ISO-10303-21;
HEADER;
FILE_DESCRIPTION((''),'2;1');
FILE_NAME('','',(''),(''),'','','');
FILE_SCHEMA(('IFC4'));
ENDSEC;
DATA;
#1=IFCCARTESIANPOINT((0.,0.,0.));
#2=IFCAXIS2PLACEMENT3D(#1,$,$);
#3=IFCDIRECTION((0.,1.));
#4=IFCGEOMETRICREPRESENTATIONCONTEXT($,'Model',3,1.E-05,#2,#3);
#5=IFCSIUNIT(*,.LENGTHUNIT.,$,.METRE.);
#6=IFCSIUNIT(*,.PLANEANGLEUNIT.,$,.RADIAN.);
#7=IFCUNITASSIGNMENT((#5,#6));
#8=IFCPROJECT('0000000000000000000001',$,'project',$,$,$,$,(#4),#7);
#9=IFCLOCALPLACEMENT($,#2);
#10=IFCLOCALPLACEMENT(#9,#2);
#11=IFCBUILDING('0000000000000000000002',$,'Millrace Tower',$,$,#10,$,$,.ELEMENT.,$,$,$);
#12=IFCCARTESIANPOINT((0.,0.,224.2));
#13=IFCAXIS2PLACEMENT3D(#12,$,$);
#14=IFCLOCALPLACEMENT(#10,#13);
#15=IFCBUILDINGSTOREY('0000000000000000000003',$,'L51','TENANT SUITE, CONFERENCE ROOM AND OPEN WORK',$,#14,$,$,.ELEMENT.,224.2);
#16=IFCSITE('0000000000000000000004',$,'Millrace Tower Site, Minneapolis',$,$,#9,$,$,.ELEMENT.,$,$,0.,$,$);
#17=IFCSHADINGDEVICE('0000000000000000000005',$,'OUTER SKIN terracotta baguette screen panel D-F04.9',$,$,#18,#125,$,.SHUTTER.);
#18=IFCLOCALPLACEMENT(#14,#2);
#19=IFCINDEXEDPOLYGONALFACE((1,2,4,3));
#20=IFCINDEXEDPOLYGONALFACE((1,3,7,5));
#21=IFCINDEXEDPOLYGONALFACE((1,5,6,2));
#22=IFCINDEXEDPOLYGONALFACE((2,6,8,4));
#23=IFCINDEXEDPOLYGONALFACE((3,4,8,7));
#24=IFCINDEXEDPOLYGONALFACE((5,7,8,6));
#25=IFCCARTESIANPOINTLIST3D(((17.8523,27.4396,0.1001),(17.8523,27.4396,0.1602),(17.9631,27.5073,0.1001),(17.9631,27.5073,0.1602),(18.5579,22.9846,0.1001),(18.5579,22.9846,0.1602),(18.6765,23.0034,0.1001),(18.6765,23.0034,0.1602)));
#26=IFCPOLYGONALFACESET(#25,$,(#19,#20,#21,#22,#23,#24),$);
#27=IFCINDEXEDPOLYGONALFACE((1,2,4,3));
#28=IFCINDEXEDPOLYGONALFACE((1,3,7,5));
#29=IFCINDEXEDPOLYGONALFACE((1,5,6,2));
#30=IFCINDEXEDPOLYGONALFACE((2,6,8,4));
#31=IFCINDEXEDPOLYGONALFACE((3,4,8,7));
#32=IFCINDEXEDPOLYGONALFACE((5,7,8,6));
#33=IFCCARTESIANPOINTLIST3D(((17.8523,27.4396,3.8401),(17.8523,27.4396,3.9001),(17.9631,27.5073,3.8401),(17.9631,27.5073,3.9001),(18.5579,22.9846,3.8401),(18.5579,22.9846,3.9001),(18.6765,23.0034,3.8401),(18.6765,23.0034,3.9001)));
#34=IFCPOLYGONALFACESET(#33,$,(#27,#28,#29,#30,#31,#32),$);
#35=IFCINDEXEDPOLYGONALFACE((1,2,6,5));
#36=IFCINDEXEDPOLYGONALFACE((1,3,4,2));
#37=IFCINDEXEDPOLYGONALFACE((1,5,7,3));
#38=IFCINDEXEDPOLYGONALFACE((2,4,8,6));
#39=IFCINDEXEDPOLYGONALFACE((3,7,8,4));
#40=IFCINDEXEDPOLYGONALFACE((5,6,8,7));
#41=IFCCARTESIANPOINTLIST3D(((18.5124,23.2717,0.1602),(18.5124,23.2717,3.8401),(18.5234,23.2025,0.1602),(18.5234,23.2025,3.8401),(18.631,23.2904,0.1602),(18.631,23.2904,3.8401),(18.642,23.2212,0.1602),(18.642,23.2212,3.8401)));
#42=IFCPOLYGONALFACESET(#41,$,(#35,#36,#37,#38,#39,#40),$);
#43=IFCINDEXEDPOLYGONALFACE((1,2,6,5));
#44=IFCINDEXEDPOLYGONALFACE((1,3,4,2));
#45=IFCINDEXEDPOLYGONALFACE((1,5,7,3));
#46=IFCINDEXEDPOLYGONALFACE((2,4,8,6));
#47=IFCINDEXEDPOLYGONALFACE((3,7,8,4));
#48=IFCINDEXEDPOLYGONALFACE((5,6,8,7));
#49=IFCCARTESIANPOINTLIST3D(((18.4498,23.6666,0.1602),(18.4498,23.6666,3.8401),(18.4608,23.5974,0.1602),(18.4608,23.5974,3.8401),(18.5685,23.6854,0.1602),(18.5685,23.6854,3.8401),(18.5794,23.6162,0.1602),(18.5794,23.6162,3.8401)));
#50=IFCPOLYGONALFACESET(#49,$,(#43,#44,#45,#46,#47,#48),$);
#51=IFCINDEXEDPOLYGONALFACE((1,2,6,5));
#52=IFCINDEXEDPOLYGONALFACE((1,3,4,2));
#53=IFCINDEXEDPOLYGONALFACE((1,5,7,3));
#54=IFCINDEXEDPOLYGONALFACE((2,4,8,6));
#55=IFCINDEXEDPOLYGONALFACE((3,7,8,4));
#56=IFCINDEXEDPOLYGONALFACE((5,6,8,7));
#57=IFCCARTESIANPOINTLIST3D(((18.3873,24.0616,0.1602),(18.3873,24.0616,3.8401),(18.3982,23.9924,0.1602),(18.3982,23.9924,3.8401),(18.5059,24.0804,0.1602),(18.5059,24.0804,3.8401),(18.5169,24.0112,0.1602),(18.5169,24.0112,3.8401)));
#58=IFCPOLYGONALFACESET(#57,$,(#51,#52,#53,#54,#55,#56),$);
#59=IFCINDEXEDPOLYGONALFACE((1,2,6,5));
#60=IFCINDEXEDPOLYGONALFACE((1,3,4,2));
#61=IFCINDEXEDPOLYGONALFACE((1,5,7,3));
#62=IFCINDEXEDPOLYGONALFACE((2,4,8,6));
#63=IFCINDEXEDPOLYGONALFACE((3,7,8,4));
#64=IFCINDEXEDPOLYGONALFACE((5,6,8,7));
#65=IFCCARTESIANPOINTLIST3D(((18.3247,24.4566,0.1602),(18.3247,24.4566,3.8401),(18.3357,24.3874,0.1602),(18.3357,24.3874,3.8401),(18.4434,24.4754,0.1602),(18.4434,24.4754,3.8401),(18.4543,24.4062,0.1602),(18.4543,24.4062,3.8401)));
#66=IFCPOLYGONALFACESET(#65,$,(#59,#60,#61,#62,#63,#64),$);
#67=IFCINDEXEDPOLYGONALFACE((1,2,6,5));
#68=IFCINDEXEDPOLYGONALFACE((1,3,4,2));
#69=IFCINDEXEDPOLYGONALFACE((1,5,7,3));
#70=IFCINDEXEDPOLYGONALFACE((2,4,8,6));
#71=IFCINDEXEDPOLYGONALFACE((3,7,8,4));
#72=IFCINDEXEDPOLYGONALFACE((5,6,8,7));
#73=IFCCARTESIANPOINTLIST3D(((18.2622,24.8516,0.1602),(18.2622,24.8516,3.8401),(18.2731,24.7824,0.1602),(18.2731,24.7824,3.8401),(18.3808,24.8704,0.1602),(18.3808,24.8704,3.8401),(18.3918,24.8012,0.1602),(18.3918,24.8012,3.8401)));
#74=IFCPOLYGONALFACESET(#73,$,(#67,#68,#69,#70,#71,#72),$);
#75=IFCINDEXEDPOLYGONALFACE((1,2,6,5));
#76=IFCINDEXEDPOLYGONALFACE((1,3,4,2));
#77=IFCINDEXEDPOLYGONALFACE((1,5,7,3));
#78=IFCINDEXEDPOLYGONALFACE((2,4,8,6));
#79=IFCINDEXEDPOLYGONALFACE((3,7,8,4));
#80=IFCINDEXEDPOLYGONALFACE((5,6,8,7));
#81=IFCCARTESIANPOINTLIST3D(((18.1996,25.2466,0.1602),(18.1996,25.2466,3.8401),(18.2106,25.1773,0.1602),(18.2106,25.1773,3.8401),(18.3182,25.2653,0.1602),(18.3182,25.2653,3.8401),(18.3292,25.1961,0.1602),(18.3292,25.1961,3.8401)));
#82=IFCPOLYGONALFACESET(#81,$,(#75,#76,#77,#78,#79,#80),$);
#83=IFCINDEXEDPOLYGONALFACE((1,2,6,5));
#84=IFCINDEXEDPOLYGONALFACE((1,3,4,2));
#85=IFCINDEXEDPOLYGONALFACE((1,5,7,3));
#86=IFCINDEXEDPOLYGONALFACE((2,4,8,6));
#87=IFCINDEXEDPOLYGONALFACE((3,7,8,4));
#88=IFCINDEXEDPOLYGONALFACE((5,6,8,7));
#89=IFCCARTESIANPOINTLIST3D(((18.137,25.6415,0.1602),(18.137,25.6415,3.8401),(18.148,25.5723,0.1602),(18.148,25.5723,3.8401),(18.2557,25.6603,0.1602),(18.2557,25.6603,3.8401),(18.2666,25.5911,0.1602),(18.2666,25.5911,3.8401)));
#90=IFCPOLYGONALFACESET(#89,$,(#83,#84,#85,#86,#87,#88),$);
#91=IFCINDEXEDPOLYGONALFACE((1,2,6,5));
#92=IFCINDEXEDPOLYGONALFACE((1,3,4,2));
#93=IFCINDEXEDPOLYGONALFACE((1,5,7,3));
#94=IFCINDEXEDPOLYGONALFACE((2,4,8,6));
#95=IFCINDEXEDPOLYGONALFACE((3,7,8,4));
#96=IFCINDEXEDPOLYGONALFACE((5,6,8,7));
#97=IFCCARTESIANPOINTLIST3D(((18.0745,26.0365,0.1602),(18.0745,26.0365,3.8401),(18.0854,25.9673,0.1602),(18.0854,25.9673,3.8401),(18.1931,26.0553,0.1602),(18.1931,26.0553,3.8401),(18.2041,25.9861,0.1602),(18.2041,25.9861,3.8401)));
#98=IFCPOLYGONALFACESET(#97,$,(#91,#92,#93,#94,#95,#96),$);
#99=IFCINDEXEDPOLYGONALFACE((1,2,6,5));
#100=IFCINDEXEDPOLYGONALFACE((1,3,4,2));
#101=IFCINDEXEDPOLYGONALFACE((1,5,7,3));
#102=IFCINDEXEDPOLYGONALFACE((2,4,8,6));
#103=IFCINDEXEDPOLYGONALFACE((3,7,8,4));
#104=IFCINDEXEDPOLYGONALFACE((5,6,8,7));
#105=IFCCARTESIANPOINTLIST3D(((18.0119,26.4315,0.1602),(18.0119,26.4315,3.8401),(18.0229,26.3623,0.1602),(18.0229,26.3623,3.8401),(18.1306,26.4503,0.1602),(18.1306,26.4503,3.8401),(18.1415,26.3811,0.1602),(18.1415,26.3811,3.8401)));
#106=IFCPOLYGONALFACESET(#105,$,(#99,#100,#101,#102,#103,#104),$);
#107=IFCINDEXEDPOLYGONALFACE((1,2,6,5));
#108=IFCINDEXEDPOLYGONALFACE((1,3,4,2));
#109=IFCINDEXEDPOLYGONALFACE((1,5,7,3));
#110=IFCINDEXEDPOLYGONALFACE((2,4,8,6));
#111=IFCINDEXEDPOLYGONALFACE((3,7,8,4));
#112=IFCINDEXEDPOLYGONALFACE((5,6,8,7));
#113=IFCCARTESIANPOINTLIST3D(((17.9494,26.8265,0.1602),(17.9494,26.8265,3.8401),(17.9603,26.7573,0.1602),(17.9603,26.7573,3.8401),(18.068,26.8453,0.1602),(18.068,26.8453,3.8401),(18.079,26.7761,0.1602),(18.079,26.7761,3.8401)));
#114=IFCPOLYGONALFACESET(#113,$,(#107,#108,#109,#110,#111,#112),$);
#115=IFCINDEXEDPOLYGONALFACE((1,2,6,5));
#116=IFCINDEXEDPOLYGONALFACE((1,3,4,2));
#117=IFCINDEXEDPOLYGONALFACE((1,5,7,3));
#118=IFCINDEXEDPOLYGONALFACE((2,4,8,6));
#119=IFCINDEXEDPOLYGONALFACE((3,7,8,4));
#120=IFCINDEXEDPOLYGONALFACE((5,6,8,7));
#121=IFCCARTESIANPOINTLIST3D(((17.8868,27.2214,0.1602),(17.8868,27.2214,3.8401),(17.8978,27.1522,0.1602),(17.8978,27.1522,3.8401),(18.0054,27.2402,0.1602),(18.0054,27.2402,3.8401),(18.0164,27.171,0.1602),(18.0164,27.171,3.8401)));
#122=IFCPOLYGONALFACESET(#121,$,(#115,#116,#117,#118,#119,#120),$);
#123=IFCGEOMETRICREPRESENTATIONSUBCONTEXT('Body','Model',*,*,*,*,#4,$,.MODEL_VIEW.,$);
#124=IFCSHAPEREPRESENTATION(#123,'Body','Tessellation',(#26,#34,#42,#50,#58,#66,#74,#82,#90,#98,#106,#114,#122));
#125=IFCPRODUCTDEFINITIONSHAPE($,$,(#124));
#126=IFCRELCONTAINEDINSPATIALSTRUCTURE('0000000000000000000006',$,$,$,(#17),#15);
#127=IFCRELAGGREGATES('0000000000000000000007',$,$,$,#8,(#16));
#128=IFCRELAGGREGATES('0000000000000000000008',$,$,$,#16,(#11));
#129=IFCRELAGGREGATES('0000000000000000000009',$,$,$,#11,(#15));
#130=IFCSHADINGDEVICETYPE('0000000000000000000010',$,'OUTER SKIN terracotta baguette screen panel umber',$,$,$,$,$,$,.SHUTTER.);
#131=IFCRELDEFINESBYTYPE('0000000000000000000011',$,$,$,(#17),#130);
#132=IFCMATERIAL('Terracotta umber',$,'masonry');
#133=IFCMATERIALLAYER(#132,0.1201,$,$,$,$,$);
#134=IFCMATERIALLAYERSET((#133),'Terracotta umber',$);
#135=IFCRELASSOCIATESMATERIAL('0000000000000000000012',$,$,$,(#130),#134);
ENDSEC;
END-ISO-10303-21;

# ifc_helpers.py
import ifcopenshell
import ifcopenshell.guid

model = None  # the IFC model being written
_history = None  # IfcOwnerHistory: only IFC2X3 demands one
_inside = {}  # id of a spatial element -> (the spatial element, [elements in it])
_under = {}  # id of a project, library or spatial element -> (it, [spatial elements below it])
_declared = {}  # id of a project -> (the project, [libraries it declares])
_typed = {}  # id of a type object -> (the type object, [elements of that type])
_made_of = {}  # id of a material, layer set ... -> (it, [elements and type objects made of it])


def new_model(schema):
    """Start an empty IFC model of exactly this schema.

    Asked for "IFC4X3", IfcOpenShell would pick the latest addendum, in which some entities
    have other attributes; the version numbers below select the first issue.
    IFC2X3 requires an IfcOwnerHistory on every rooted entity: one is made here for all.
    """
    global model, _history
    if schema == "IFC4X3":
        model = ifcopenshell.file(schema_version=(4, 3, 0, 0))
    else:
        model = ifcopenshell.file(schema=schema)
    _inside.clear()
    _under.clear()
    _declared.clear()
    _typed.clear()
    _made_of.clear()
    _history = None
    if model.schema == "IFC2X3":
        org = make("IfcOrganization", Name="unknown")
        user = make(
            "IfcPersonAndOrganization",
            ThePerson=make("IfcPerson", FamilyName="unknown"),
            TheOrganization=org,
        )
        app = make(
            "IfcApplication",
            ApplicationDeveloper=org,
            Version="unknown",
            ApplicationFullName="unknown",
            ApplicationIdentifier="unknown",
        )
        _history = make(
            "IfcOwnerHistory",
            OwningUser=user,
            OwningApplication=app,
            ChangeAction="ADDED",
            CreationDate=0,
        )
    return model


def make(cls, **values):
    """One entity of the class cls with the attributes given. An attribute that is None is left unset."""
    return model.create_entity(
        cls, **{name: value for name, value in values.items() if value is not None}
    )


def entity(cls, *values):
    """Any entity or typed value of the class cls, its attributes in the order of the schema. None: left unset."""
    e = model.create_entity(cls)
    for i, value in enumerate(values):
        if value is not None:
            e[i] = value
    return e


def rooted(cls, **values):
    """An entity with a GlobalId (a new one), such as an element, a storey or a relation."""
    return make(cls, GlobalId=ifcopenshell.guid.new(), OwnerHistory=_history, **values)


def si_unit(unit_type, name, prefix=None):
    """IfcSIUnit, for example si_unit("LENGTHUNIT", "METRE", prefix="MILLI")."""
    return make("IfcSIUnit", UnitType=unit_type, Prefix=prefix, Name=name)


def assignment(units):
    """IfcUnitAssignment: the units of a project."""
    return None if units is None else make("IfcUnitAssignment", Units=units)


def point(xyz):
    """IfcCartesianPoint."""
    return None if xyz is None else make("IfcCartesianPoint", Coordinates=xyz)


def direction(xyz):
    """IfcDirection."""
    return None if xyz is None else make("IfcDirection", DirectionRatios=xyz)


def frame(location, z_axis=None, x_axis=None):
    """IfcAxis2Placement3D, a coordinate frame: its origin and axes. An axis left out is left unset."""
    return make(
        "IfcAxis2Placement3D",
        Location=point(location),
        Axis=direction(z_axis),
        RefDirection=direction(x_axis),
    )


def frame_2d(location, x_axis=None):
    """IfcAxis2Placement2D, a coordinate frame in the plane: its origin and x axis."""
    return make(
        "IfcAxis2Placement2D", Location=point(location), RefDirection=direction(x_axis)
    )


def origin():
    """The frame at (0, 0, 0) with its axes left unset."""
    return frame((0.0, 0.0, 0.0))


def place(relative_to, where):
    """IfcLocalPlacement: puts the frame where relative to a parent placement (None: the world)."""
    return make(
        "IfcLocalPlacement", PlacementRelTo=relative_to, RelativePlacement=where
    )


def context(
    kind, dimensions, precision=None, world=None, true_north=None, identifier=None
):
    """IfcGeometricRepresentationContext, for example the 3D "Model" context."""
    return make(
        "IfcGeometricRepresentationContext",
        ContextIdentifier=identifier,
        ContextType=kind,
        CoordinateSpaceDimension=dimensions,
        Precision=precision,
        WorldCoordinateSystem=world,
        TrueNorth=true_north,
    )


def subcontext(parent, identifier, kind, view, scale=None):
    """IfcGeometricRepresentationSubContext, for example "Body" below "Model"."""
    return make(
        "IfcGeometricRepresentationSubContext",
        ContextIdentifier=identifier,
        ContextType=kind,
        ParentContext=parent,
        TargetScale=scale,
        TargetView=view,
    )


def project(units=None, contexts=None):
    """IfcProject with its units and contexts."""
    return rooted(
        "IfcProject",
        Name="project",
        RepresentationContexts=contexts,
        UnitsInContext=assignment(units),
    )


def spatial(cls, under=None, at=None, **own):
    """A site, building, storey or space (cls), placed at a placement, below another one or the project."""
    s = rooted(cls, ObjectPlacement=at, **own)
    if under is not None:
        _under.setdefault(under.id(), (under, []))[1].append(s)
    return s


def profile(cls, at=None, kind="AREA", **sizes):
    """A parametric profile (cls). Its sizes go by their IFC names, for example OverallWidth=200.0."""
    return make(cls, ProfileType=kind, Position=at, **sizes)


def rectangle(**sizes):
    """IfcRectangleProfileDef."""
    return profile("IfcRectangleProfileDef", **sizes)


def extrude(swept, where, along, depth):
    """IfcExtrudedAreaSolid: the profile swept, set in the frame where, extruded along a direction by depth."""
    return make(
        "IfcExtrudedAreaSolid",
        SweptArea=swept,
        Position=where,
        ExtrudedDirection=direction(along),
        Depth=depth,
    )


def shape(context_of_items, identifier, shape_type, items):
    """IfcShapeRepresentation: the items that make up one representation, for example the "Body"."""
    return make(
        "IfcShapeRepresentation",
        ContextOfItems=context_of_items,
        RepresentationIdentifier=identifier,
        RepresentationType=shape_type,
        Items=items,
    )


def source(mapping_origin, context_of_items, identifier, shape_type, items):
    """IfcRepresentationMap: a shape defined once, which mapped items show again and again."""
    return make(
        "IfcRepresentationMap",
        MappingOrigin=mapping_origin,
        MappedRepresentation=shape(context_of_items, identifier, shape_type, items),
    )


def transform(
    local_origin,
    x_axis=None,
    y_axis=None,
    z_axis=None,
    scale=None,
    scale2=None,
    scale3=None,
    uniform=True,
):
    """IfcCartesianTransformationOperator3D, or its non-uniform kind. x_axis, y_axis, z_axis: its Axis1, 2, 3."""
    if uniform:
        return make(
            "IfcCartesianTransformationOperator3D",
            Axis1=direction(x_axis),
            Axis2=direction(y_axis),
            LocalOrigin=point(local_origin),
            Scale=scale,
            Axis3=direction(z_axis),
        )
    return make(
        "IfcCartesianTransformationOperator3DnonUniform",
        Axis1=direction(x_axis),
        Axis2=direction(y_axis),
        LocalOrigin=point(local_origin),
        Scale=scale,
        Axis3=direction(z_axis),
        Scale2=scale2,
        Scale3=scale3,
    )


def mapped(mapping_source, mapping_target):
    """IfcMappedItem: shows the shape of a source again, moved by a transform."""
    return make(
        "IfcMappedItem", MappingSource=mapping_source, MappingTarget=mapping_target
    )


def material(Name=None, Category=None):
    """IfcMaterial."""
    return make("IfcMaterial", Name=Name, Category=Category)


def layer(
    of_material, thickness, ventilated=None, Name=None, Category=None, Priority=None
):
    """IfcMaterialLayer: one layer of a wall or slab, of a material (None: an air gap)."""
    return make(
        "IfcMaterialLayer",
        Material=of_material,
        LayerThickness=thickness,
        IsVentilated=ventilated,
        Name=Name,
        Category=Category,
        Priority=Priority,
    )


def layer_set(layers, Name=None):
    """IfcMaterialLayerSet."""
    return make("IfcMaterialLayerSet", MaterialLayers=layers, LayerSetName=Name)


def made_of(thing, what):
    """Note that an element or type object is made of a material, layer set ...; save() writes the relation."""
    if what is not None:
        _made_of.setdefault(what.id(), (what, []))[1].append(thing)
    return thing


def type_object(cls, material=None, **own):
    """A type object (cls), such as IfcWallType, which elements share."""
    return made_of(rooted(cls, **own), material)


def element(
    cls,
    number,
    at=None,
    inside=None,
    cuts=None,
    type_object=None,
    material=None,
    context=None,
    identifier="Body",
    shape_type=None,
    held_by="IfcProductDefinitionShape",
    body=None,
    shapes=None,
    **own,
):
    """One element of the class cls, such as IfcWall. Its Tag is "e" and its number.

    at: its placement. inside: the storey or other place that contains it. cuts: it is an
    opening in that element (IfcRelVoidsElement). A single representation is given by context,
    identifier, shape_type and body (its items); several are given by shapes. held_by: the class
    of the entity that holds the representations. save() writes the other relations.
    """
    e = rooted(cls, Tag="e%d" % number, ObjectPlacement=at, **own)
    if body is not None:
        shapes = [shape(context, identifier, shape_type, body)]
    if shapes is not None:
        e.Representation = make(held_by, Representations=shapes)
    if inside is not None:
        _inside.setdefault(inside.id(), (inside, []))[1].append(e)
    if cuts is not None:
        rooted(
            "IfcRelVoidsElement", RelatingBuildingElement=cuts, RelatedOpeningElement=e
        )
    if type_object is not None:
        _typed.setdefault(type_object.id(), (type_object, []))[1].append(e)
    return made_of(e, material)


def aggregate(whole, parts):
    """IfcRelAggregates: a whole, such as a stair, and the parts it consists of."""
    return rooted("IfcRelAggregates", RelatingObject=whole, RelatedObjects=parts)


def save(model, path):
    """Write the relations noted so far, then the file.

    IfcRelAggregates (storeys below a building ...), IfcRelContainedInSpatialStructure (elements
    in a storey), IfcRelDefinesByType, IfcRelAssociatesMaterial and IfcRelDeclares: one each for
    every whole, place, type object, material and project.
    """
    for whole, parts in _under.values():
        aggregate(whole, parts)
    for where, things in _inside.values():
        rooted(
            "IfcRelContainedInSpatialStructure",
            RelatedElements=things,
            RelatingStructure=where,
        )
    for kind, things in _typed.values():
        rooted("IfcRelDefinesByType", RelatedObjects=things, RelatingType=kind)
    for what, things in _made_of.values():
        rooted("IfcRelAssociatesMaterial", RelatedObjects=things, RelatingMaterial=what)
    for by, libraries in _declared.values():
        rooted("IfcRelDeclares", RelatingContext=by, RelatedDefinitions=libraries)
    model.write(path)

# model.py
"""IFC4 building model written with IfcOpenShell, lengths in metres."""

from ifc_helpers import new_model, entity, si_unit, direction, frame, frame_2d, origin, place, context, subcontext, project, spatial, rectangle, extrude, source, transform, mapped, material, layer, layer_set, type_object, element, save


model = new_model("IFC4")

# Units and contexts
model_context = context("Model", 3, precision=1e-05, world=origin(), true_north=direction((0.0, 1.0)))
body_context = subcontext(model_context, "Body", "Model", "MODEL_VIEW")
ifc_project = project(units=[si_unit("LENGTHUNIT", "METRE"), si_unit("PLANEANGLEUNIT", "RADIAN")], contexts=[model_context])

# Site, building, storey
site_placement = place(None, origin())
site = spatial("IfcSite", under=ifc_project, at=site_placement, Name="Millrace Tower Site, Minneapolis", CompositionType="ELEMENT", RefElevation=0.0)
building_placement = place(site_placement, origin())
building = spatial("IfcBuilding", under=site, at=building_placement, Name="Millrace Tower", CompositionType="ELEMENT")
storey_placement = place(building_placement, frame((0.0, 0.0, 224.2)))
storey = spatial("IfcBuildingStorey", under=building, at=storey_placement, Name="L51", Description="TENANT SUITE, CONFERENCE ROOM AND OPEN WORK", CompositionType="ELEMENT", Elevation=224.2)

# Shading device
ifc_material_1 = material(Name="Terracotta umber", Category="masonry")
ifc_layer_1 = layer(ifc_material_1, 0.1201)
ifc_layer_set_1 = layer_set([ifc_layer_1], Name="Terracotta umber")
shading_device_type = type_object("IfcShadingDeviceType", Name="OUTER SKIN terracotta baguette screen panel umber", PredefinedType="SHUTTER", material=ifc_layer_set_1)
cartesian_point_1 = entity("IfcCartesianPoint", [-2.2676, 0.0601])
shared_polyline_1 = entity("IfcPolyline", [cartesian_point_1, entity("IfcCartesianPoint", [2.2429, 0.0601]), entity("IfcCartesianPoint", [2.2925, -0.0601]), entity("IfcCartesianPoint", [-2.2676, -0.0601]), cartesian_point_1])
shared_shape_1 = source(origin(), body_context, "Body", "SweptSolid", [
    entity("IfcExtrudedAreaSolid", entity("IfcArbitraryClosedProfileDef", "AREA", None, shared_polyline_1), entity("IfcAxis2Placement3D", entity("IfcCartesianPoint", [0.0, 0.0, 0.0])), entity("IfcDirection", [0.0, 0.0, 1.0]), 0.0601),
    entity("IfcExtrudedAreaSolid", entity("IfcArbitraryClosedProfileDef", "AREA", None, shared_polyline_1), entity("IfcAxis2Placement3D", entity("IfcCartesianPoint", [0.0, 0.0, 3.74])), entity("IfcDirection", [0.0, 0.0, 1.0]), 0.0601),
    extrude(rectangle(XDim=0.0701, YDim=0.1201, at=frame_2d((-2.012, 0.0))), frame((0.0, 0.0, 0.0601)), (0.0, 0.0, 1.0), 3.6799),
    extrude(rectangle(XDim=0.0701, YDim=0.1201, at=frame_2d((-1.6121, 0.0))), frame((0.0, 0.0, 0.0601)), (0.0, 0.0, 1.0), 3.6799),
    extrude(rectangle(XDim=0.0701, YDim=0.1201, at=frame_2d((-1.2122, 0.0))), frame((0.0, 0.0, 0.0601)), (0.0, 0.0, 1.0), 3.6799),
    extrude(rectangle(XDim=0.0701, YDim=0.1201, at=frame_2d((-0.8123, 0.0))), frame((0.0, 0.0, 0.0601)), (0.0, 0.0, 1.0), 3.6799),
    extrude(rectangle(XDim=0.0701, YDim=0.1201, at=frame_2d((-0.4124, 0.0))), frame((0.0, 0.0, 0.0601)), (0.0, 0.0, 1.0), 3.6799),
    extrude(rectangle(XDim=0.0701, YDim=0.1201, at=frame_2d((-0.0125, 0.0))), frame((0.0, 0.0, 0.0601)), (0.0, 0.0, 1.0), 3.6799),
    extrude(rectangle(XDim=0.0701, YDim=0.1201, at=frame_2d((0.3875, 0.0))), frame((0.0, 0.0, 0.0601)), (0.0, 0.0, 1.0), 3.6799),
    extrude(rectangle(XDim=0.0701, YDim=0.1201, at=frame_2d((0.7874, 0.0))), frame((0.0, 0.0, 0.0601)), (0.0, 0.0, 1.0), 3.6799),
    extrude(rectangle(XDim=0.0701, YDim=0.1201, at=frame_2d((1.1873, 0.0))), frame((0.0, 0.0, 0.0601)), (0.0, 0.0, 1.0), 3.6799),
    extrude(rectangle(XDim=0.0701, YDim=0.1201, at=frame_2d((1.5872, 0.0))), frame((0.0, 0.0, 0.0601)), (0.0, 0.0, 1.0), 3.6799),
    extrude(rectangle(XDim=0.0701, YDim=0.1201, at=frame_2d((1.9871, 0.0))), frame((0.0, 0.0, 0.0601)), (0.0, 0.0, 1.0), 3.6799),
])
shading_device_placement = place(storey_placement, frame((18.2625, 25.2336, 0.1001), z_axis=(0.0, 0.0, 1.0), x_axis=(-0.156434, 0.987688, 0.0)))
element("IfcShadingDevice", 1, at=shading_device_placement, inside=storey, type_object=shading_device_type, Name="OUTER SKIN terracotta baguette screen panel D-F04.9", PredefinedType="SHUTTER", context=body_context, shape_type="MappedRepresentation", body=[
    mapped(shared_shape_1, transform((0.0, 0.0, 0.0), scale=1.0)),
])

save(model, "model.ifc")
